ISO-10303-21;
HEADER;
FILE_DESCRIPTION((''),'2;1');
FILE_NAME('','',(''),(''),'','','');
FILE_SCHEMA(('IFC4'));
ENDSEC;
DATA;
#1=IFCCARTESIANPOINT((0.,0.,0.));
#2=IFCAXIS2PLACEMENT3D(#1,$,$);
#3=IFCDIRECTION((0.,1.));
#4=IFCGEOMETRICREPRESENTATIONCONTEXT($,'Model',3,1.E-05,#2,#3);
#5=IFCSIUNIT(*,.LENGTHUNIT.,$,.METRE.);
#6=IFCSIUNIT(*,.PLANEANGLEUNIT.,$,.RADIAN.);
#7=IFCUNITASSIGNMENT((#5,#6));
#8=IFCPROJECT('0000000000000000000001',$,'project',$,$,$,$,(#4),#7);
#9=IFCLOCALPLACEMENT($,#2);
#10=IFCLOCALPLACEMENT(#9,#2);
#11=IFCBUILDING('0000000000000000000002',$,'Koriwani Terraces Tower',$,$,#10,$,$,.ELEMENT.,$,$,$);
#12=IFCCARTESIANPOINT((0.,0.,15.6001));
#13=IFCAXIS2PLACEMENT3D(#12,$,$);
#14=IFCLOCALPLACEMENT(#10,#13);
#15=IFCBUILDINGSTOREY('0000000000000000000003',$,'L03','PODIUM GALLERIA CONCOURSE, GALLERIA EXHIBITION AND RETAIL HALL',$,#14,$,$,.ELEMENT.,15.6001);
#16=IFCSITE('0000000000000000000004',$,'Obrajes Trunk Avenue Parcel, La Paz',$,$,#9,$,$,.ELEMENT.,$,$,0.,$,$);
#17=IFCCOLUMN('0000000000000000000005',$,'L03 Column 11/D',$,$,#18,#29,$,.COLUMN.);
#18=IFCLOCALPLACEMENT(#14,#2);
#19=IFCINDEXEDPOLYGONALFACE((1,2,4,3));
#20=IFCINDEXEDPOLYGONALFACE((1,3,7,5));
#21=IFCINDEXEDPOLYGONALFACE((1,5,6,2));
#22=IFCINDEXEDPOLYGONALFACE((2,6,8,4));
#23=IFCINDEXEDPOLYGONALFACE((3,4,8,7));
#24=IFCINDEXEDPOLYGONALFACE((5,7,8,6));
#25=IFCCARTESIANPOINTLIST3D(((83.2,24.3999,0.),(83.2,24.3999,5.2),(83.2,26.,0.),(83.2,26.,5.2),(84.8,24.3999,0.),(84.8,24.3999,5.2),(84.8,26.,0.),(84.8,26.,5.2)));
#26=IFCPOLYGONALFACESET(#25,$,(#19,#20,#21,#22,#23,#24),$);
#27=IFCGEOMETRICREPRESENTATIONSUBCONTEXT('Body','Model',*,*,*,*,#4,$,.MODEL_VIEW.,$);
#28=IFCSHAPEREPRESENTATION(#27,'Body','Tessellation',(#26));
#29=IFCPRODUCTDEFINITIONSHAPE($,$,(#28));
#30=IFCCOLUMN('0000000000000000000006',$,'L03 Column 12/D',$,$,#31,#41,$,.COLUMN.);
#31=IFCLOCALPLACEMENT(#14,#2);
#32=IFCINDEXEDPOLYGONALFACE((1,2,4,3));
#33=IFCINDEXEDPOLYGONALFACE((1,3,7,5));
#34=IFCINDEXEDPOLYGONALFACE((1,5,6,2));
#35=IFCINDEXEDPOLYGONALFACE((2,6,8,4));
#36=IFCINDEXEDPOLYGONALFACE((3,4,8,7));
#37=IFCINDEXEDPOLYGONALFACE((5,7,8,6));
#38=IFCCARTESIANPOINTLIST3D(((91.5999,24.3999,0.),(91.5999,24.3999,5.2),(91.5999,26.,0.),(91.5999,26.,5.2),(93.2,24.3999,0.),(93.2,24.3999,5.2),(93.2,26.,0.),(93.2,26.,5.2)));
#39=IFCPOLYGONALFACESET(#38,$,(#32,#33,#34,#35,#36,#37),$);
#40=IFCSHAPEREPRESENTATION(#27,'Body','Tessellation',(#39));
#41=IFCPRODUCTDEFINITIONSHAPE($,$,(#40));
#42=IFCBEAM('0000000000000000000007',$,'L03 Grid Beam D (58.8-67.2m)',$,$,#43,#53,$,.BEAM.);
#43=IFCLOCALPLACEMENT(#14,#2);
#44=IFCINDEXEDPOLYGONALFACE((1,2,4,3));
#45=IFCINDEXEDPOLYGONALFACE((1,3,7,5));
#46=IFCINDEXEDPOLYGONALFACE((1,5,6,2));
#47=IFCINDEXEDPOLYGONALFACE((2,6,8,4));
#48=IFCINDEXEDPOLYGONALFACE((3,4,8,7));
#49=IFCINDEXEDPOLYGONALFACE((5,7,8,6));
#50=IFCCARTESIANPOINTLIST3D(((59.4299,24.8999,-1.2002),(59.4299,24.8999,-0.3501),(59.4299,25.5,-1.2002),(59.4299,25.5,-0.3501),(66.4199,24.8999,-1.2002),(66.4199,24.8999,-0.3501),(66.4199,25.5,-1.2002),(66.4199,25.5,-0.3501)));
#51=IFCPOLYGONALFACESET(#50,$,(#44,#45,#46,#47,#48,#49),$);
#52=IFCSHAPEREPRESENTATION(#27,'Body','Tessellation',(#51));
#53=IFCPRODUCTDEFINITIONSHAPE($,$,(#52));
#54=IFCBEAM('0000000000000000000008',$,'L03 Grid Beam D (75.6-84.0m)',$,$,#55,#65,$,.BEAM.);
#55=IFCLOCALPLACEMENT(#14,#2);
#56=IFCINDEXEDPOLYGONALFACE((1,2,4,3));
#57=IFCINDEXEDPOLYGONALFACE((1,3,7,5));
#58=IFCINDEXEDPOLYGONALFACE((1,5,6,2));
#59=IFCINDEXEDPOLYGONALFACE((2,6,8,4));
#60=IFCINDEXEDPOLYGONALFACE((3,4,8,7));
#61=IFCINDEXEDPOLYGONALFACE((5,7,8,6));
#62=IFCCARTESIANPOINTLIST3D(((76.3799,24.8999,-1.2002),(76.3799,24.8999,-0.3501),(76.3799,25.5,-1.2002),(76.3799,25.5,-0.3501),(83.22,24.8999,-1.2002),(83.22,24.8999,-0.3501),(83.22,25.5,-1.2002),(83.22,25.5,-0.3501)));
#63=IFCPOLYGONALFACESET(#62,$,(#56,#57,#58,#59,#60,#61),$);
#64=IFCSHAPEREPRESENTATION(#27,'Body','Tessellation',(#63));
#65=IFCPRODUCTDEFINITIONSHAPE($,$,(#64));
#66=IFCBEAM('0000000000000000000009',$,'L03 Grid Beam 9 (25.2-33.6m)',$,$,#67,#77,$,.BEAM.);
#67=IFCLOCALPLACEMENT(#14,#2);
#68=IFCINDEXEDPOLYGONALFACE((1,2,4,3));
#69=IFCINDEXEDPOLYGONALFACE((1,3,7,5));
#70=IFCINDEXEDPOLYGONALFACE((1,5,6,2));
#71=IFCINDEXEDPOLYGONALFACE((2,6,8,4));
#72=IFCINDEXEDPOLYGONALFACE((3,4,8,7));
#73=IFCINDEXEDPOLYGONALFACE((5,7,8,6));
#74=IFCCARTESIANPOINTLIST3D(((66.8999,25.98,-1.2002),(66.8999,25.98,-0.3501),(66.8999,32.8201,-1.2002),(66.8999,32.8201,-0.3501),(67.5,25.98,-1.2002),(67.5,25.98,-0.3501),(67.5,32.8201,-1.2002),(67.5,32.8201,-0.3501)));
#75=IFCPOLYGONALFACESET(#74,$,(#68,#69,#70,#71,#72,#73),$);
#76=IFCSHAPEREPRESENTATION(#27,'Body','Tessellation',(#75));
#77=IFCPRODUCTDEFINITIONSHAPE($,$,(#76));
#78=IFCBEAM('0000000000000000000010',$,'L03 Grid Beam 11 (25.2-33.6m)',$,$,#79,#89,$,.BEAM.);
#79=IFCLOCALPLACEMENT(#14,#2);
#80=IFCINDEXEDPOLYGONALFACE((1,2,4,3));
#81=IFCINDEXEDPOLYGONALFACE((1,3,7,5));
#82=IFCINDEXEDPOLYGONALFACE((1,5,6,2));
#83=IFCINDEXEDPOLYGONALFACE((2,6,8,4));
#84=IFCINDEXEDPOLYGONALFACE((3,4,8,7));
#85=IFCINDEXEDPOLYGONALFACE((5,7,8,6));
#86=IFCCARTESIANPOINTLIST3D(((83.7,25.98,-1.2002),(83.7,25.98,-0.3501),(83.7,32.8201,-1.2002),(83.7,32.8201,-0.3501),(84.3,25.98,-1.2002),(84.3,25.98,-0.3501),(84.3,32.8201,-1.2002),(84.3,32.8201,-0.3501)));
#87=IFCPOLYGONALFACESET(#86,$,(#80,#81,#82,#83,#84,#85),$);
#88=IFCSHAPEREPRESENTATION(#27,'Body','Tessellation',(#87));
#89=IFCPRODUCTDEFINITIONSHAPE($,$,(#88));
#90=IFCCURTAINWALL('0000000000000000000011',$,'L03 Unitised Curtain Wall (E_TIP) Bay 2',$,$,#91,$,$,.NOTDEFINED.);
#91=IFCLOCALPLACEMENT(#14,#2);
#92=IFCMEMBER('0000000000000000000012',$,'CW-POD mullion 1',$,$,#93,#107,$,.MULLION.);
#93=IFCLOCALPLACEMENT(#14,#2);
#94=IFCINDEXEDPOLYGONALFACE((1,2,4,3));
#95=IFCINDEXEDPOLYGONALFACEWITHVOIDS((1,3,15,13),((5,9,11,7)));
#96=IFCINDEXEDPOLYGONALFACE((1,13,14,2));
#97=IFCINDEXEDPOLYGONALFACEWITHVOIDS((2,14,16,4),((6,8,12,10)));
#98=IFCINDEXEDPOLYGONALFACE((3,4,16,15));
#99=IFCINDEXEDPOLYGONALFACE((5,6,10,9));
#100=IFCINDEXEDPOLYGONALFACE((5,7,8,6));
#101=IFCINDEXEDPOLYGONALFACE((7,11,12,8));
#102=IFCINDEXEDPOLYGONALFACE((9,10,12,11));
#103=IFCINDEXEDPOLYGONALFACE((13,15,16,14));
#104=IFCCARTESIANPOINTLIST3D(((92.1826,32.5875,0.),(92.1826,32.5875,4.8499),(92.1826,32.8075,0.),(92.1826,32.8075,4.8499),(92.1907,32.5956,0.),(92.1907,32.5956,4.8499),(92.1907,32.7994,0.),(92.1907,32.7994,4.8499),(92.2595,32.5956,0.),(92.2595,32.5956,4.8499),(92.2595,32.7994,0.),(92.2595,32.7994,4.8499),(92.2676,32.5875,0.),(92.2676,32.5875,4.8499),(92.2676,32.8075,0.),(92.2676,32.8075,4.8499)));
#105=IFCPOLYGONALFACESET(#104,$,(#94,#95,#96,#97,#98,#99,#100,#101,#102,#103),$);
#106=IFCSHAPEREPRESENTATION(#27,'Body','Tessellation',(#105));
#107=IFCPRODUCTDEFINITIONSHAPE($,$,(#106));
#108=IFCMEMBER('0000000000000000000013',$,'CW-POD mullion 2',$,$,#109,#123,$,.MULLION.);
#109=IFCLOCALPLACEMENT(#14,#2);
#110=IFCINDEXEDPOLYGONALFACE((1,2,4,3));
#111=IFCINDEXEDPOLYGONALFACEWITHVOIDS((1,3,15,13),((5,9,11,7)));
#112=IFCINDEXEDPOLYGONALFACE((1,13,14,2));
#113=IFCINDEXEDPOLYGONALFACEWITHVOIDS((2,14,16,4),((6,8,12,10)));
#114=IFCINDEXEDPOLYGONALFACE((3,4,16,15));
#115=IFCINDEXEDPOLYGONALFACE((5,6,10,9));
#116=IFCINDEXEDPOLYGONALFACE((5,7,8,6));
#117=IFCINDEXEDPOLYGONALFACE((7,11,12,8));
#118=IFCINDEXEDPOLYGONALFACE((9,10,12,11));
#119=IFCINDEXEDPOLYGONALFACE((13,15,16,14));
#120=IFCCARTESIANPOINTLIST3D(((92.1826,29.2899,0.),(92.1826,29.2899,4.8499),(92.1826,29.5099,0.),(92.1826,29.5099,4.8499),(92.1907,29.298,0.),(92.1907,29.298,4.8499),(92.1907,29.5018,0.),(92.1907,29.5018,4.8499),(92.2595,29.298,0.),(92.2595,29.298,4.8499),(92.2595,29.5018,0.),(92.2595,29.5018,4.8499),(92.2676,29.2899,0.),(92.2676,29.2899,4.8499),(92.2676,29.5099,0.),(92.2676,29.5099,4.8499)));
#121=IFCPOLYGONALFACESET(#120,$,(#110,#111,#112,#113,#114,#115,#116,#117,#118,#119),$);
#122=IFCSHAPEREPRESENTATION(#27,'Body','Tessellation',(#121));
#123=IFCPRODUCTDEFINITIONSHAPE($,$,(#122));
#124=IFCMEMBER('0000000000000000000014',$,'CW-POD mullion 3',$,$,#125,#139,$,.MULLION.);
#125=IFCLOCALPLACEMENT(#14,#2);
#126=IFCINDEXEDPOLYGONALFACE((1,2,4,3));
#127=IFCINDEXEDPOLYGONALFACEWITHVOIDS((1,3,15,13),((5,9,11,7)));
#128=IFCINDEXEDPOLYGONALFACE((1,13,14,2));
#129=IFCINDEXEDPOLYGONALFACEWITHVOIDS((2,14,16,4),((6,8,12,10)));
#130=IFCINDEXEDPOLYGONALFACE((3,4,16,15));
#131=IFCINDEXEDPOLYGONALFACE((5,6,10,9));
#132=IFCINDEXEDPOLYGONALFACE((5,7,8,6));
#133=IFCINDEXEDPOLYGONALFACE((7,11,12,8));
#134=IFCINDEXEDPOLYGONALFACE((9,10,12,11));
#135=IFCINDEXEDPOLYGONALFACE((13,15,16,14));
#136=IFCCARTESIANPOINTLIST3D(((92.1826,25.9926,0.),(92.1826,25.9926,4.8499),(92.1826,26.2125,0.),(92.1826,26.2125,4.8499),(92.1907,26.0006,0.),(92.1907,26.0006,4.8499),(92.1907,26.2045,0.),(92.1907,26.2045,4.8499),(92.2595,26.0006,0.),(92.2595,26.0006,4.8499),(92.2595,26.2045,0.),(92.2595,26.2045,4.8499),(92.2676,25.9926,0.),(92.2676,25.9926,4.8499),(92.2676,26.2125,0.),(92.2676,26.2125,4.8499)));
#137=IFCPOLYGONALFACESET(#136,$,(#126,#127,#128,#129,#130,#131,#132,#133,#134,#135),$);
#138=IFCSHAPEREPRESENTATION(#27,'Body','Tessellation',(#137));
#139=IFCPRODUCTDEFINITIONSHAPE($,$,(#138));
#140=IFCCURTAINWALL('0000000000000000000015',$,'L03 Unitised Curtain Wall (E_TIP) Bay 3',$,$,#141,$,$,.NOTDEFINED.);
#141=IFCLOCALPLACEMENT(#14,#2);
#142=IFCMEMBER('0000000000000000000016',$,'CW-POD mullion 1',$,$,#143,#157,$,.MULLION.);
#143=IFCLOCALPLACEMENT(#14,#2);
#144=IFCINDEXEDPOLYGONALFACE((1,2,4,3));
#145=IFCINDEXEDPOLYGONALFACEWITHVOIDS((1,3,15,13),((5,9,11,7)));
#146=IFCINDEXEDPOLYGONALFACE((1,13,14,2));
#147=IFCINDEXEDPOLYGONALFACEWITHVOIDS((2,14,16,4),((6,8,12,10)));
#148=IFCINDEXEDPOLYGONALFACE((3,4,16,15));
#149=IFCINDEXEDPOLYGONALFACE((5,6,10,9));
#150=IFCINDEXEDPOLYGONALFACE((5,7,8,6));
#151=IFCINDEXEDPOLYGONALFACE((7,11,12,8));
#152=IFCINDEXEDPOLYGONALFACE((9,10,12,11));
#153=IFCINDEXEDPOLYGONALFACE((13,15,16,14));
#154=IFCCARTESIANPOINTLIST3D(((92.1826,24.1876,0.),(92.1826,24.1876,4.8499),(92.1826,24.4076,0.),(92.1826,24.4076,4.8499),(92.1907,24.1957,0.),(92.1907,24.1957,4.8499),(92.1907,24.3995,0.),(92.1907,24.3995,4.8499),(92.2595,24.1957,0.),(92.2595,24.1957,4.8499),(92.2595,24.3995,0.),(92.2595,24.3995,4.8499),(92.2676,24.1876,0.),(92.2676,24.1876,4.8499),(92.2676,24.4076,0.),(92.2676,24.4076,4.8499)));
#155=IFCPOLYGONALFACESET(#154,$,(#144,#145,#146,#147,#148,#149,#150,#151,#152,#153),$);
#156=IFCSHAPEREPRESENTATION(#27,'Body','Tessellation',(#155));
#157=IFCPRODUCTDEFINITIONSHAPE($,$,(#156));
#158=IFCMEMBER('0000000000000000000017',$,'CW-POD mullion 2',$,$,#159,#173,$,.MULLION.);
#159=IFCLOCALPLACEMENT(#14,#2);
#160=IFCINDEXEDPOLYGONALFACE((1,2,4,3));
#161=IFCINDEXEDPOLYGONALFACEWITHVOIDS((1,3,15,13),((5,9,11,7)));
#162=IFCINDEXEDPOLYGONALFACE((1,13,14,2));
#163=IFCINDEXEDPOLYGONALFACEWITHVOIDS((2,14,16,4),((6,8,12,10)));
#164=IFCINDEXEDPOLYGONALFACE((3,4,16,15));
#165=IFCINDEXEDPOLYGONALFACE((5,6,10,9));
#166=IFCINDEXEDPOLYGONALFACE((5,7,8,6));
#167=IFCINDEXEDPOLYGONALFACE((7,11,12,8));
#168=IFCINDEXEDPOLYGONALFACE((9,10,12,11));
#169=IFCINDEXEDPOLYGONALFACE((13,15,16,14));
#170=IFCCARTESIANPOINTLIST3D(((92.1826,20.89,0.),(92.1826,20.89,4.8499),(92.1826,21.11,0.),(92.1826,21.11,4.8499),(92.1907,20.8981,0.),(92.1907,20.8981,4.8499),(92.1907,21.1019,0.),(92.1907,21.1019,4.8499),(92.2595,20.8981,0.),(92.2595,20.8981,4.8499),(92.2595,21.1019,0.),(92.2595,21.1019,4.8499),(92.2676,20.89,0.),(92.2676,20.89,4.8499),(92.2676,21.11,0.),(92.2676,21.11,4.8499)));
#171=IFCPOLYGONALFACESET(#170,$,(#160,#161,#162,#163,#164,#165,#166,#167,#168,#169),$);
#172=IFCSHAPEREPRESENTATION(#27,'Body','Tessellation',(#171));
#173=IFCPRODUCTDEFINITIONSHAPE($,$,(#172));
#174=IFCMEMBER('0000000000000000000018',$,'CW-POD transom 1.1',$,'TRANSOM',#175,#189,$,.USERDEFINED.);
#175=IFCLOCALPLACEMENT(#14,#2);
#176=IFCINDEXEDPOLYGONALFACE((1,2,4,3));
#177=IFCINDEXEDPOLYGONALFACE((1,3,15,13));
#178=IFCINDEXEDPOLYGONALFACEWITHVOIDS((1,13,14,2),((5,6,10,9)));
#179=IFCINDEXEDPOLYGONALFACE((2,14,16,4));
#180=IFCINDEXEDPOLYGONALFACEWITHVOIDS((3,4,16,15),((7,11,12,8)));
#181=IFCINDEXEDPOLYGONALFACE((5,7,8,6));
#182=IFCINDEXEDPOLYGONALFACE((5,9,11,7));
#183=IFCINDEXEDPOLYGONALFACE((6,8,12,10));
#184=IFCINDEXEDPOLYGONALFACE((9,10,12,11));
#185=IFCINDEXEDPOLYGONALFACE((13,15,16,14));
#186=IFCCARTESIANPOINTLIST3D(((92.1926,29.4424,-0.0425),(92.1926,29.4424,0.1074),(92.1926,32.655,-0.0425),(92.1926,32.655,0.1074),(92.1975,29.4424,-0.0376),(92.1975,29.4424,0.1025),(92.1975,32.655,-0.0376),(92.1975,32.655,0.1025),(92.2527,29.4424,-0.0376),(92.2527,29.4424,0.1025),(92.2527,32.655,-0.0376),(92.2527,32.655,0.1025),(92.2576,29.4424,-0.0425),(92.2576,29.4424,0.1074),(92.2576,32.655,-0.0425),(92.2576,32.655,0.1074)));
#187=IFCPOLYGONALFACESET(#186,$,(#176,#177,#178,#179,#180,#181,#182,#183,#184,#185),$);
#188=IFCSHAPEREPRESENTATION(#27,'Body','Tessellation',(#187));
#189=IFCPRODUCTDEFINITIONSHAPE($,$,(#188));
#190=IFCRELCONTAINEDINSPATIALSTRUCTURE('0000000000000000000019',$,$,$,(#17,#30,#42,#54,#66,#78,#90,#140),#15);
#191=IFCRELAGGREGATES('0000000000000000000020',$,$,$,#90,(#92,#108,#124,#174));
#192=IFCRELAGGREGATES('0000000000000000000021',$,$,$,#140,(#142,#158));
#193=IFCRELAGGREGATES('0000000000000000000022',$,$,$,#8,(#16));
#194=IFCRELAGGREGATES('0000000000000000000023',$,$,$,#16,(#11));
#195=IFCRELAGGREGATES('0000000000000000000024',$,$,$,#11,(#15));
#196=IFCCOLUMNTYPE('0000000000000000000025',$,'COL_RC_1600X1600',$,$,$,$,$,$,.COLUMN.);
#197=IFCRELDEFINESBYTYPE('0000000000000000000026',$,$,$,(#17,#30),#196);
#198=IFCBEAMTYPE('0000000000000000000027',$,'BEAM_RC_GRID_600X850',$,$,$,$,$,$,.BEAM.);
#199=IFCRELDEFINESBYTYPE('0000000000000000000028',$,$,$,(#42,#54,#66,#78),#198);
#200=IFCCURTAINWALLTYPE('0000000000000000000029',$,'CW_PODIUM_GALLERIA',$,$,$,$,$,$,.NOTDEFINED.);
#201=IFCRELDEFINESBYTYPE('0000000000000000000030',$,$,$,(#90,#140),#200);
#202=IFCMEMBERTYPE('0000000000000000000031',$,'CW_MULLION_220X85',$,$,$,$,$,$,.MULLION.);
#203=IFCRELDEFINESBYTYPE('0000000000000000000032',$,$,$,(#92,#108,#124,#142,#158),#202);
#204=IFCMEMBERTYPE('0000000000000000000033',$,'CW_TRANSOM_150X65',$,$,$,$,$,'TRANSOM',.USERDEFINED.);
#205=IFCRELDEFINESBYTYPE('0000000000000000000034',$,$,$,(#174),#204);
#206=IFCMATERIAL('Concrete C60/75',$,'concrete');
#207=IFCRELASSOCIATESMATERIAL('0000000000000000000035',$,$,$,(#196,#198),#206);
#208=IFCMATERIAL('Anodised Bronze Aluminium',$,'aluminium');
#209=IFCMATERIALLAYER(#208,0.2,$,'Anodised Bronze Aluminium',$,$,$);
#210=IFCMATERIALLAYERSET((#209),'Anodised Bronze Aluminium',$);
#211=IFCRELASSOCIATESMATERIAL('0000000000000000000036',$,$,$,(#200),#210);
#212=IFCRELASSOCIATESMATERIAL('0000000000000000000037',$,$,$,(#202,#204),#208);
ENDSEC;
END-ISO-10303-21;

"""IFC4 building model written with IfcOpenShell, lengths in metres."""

from ifc_helpers import new_model, si_unit, direction, frame, origin, origin_2d, place, context, subcontext, project, spatial, rectangle, hollow_rectangle, extrude, material, layer, layer_set, material_profile, profile_set, type_object, element, aggregate, save


model = new_model("IFC4")

# Units and contexts
model_context = context("Model", 3, precision=1e-05, world=origin(), true_north=direction((0.0, 1.0)))
body_context = subcontext(model_context, "Body", "Model", "MODEL_VIEW")
ifc_project = project(units=[si_unit("LENGTHUNIT", "METRE"), si_unit("PLANEANGLEUNIT", "RADIAN")], contexts=[model_context])

# Site, building, storey
site_placement = place(None, origin())
site = spatial("IfcSite", under=ifc_project, at=site_placement, Name="Obrajes Trunk Avenue Parcel, La Paz", CompositionType="ELEMENT", RefElevation=0.0)
building_placement = place(site_placement, origin())
building = spatial("IfcBuilding", under=site, at=building_placement, Name="Koriwani Terraces Tower", CompositionType="ELEMENT")
storey_placement = place(building_placement, frame((0.0, 0.0, 15.6001)))
storey = spatial("IfcBuildingStorey", under=building, at=storey_placement, Name="L03", Description="PODIUM GALLERIA CONCOURSE, GALLERIA EXHIBITION AND RETAIL HALL", CompositionType="ELEMENT", Elevation=15.6001)

# Columns
ifc_material_1 = material(Name="Concrete C60/75", Category="concrete")
ifc_material_profile_1 = material_profile(ifc_material_1, rectangle(XDim=1.6001, YDim=1.6001, at=origin_2d()), Name="Concrete C60/75", Category="LoadBearing")
ifc_profile_set_1 = profile_set([ifc_material_profile_1], Name="Concrete C60/75")
column_type = type_object("IfcColumnType", Name="COL_RC_1600X1600", PredefinedType="COLUMN", material=ifc_profile_set_1)
for number, where, z_axis, x_axis, name in (
    (1, (84.0, 25.2, 0.0), (0.0, 0.0, 1.0), (1.0, 0.0, 0.0), "L03 Column 11/D"),
    (2, (92.3999, 25.2, 0.0), (0.0, 0.0, 1.0), (1.0, 0.0, 0.0), "L03 Column 12/D"),
):
    element("IfcColumn", number, at=place(storey_placement, frame(where, z_axis=z_axis, x_axis=x_axis)), inside=storey, type_object=column_type, Name=name, PredefinedType="COLUMN", context=body_context, shape_type="SweptSolid", body=[
        extrude(rectangle(XDim=1.6001, YDim=1.6001, at=origin_2d()), origin(), (0.0, 0.0, 1.0), 5.2),
    ])

# Beams
ifc_material_profile_2 = material_profile(ifc_material_1, rectangle(XDim=0.6001, YDim=0.8501, at=origin_2d()), Name="Concrete C60/75", Category="LoadBearing")
ifc_profile_set_2 = profile_set([ifc_material_profile_2], Name="Concrete C60/75")
beam_type_1 = type_object("IfcBeamType", Name="BEAM_RC_GRID_600X850", PredefinedType="BEAM", material=ifc_profile_set_2)
beam_1_placement = place(storey_placement, frame((59.4299, 25.2, -0.7751), z_axis=(1.0, 0.0, 0.0), x_axis=(0.0, 1.0, 0.0)))
element("IfcBeam", 3, at=beam_1_placement, inside=storey, type_object=beam_type_1, Name="L03 Grid Beam D (58.8-67.2m)", PredefinedType="BEAM", context=body_context, shape_type="SweptSolid", body=[
    extrude(rectangle(XDim=0.6001, YDim=0.8501, at=origin_2d()), origin(), (0.0, 0.0, 1.0), 6.99),
])
for number, where, z_axis, x_axis, name in (
    (4, (76.3799, 25.2, -0.7751), (1.0, 0.0, 0.0), (0.0, 1.0, 0.0), "L03 Grid Beam D (75.6-84.0m)"),
    (5, (67.2, 25.98, -0.7751), (0.0, 1.0, 0.0), (-1.0, 0.0, 0.0), "L03 Grid Beam 9 (25.2-33.6m)"),
    (6, (84.0, 25.98, -0.7751), (0.0, 1.0, 0.0), (-1.0, 0.0, 0.0), "L03 Grid Beam 11 (25.2-33.6m)"),
):
    element("IfcBeam", number, at=place(storey_placement, frame(where, z_axis=z_axis, x_axis=x_axis)), inside=storey, type_object=beam_type_1, Name=name, PredefinedType="BEAM", context=body_context, shape_type="SweptSolid", body=[
        extrude(rectangle(XDim=0.6001, YDim=0.8501, at=origin_2d()), origin(), (0.0, 0.0, 1.0), 6.8401),
    ])

# Curtain walls, members
ifc_material_2 = material(Name="Anodised Bronze Aluminium", Category="aluminium")
ifc_layer_1 = layer(ifc_material_2, 0.2, Name="Anodised Bronze Aluminium")
ifc_layer_set_1 = layer_set([ifc_layer_1], Name="Anodised Bronze Aluminium")
curtain_wall_type = type_object("IfcCurtainWallType", Name="CW_PODIUM_GALLERIA", PredefinedType="NOTDEFINED", material=ifc_layer_set_1)
curtain_wall_1_placement = place(storey_placement, origin())
curtain_wall_1 = element("IfcCurtainWall", 7, at=curtain_wall_1_placement, inside=storey, type_object=curtain_wall_type, Name="L03 Unitised Curtain Wall (E_TIP) Bay 2", PredefinedType="NOTDEFINED")
ifc_material_profile_3 = material_profile(ifc_material_2, hollow_rectangle(XDim=0.085, YDim=0.22, WallThickness=0.0081, at=origin_2d()), Name="Anodised Bronze Aluminium", Category="LoadBearing")
ifc_profile_set_3 = profile_set([ifc_material_profile_3], Name="Anodised Bronze Aluminium")
member_type_1 = type_object("IfcMemberType", Name="CW_MULLION_220X85", PredefinedType="MULLION", material=ifc_profile_set_3)
member_1_placement = place(storey_placement, frame((92.2251, 32.6975, 0.0), z_axis=(0.0, 0.0, 1.0), x_axis=(1.0, 0.0, 0.0)))
member_1 = element("IfcMember", 8, at=member_1_placement, type_object=member_type_1, Name="CW-POD mullion 1", PredefinedType="MULLION", context=body_context, shape_type="SweptSolid", body=[
    extrude(hollow_rectangle(XDim=0.085, YDim=0.22, WallThickness=0.0081, at=origin_2d()), origin(), (0.0, 0.0, 1.0), 4.8499),
])
member_2_placement = place(storey_placement, frame((92.2251, 29.3999, 0.0), z_axis=(0.0, 0.0, 1.0), x_axis=(1.0, 0.0, 0.0)))
member_2 = element("IfcMember", 9, at=member_2_placement, type_object=member_type_1, Name="CW-POD mullion 2", PredefinedType="MULLION", context=body_context, shape_type="SweptSolid", body=[
    extrude(hollow_rectangle(XDim=0.085, YDim=0.22, WallThickness=0.0081, at=origin_2d()), origin(), (0.0, 0.0, 1.0), 4.8499),
])
member_3_placement = place(storey_placement, frame((92.2251, 26.1025, 0.0), z_axis=(0.0, 0.0, 1.0), x_axis=(1.0, 0.0, 0.0)))
member_3 = element("IfcMember", 10, at=member_3_placement, type_object=member_type_1, Name="CW-POD mullion 3", PredefinedType="MULLION", context=body_context, shape_type="SweptSolid", body=[
    extrude(hollow_rectangle(XDim=0.085, YDim=0.22, WallThickness=0.0081, at=origin_2d()), origin(), (0.0, 0.0, 1.0), 4.8499),
])
curtain_wall_2_placement = place(storey_placement, origin())
curtain_wall_2 = element("IfcCurtainWall", 11, at=curtain_wall_2_placement, inside=storey, type_object=curtain_wall_type, Name="L03 Unitised Curtain Wall (E_TIP) Bay 3", PredefinedType="NOTDEFINED")
member_4_placement = place(storey_placement, frame((92.2251, 24.2976, 0.0), z_axis=(0.0, 0.0, 1.0), x_axis=(1.0, 0.0, 0.0)))
member_4 = element("IfcMember", 12, at=member_4_placement, type_object=member_type_1, Name="CW-POD mullion 1", PredefinedType="MULLION", context=body_context, shape_type="SweptSolid", body=[
    extrude(hollow_rectangle(XDim=0.085, YDim=0.22, WallThickness=0.0081, at=origin_2d()), origin(), (0.0, 0.0, 1.0), 4.8499),
])
member_5_placement = place(storey_placement, frame((92.2251, 21.0, 0.0), z_axis=(0.0, 0.0, 1.0), x_axis=(1.0, 0.0, 0.0)))
member_5 = element("IfcMember", 13, at=member_5_placement, type_object=member_type_1, Name="CW-POD mullion 2", PredefinedType="MULLION", context=body_context, shape_type="SweptSolid", body=[
    extrude(hollow_rectangle(XDim=0.085, YDim=0.22, WallThickness=0.0081, at=origin_2d()), origin(), (0.0, 0.0, 1.0), 4.8499),
])

# Member
ifc_material_profile_4 = material_profile(ifc_material_2, hollow_rectangle(XDim=0.0649, YDim=0.1499, WallThickness=0.0049, at=origin_2d()), Name="Anodised Bronze Aluminium", Category="LoadBearing")
ifc_profile_set_4 = profile_set([ifc_material_profile_4], Name="Anodised Bronze Aluminium")
member_type_2 = type_object("IfcMemberType", Name="CW_TRANSOM_150X65", ElementType="TRANSOM", PredefinedType="USERDEFINED", material=ifc_profile_set_4)
member_6_placement = place(storey_placement, frame((92.2251, 32.655, 0.0325), z_axis=(0.0, -1.0, 0.0), x_axis=(1.0, 0.0, 0.0)))
member_6 = element("IfcMember", 14, at=member_6_placement, type_object=member_type_2, Name="CW-POD transom 1.1", ObjectType="TRANSOM", PredefinedType="USERDEFINED", context=body_context, shape_type="SweptSolid", body=[
    extrude(hollow_rectangle(XDim=0.0649, YDim=0.1499, WallThickness=0.0049, at=origin_2d()), origin(), (0.0, 0.0, 1.0), 3.2126),
])

aggregate(curtain_wall_1, [member_1, member_2, member_3, member_6])
aggregate(curtain_wall_2, [member_4, member_5])

save(model, "model.ifc")
